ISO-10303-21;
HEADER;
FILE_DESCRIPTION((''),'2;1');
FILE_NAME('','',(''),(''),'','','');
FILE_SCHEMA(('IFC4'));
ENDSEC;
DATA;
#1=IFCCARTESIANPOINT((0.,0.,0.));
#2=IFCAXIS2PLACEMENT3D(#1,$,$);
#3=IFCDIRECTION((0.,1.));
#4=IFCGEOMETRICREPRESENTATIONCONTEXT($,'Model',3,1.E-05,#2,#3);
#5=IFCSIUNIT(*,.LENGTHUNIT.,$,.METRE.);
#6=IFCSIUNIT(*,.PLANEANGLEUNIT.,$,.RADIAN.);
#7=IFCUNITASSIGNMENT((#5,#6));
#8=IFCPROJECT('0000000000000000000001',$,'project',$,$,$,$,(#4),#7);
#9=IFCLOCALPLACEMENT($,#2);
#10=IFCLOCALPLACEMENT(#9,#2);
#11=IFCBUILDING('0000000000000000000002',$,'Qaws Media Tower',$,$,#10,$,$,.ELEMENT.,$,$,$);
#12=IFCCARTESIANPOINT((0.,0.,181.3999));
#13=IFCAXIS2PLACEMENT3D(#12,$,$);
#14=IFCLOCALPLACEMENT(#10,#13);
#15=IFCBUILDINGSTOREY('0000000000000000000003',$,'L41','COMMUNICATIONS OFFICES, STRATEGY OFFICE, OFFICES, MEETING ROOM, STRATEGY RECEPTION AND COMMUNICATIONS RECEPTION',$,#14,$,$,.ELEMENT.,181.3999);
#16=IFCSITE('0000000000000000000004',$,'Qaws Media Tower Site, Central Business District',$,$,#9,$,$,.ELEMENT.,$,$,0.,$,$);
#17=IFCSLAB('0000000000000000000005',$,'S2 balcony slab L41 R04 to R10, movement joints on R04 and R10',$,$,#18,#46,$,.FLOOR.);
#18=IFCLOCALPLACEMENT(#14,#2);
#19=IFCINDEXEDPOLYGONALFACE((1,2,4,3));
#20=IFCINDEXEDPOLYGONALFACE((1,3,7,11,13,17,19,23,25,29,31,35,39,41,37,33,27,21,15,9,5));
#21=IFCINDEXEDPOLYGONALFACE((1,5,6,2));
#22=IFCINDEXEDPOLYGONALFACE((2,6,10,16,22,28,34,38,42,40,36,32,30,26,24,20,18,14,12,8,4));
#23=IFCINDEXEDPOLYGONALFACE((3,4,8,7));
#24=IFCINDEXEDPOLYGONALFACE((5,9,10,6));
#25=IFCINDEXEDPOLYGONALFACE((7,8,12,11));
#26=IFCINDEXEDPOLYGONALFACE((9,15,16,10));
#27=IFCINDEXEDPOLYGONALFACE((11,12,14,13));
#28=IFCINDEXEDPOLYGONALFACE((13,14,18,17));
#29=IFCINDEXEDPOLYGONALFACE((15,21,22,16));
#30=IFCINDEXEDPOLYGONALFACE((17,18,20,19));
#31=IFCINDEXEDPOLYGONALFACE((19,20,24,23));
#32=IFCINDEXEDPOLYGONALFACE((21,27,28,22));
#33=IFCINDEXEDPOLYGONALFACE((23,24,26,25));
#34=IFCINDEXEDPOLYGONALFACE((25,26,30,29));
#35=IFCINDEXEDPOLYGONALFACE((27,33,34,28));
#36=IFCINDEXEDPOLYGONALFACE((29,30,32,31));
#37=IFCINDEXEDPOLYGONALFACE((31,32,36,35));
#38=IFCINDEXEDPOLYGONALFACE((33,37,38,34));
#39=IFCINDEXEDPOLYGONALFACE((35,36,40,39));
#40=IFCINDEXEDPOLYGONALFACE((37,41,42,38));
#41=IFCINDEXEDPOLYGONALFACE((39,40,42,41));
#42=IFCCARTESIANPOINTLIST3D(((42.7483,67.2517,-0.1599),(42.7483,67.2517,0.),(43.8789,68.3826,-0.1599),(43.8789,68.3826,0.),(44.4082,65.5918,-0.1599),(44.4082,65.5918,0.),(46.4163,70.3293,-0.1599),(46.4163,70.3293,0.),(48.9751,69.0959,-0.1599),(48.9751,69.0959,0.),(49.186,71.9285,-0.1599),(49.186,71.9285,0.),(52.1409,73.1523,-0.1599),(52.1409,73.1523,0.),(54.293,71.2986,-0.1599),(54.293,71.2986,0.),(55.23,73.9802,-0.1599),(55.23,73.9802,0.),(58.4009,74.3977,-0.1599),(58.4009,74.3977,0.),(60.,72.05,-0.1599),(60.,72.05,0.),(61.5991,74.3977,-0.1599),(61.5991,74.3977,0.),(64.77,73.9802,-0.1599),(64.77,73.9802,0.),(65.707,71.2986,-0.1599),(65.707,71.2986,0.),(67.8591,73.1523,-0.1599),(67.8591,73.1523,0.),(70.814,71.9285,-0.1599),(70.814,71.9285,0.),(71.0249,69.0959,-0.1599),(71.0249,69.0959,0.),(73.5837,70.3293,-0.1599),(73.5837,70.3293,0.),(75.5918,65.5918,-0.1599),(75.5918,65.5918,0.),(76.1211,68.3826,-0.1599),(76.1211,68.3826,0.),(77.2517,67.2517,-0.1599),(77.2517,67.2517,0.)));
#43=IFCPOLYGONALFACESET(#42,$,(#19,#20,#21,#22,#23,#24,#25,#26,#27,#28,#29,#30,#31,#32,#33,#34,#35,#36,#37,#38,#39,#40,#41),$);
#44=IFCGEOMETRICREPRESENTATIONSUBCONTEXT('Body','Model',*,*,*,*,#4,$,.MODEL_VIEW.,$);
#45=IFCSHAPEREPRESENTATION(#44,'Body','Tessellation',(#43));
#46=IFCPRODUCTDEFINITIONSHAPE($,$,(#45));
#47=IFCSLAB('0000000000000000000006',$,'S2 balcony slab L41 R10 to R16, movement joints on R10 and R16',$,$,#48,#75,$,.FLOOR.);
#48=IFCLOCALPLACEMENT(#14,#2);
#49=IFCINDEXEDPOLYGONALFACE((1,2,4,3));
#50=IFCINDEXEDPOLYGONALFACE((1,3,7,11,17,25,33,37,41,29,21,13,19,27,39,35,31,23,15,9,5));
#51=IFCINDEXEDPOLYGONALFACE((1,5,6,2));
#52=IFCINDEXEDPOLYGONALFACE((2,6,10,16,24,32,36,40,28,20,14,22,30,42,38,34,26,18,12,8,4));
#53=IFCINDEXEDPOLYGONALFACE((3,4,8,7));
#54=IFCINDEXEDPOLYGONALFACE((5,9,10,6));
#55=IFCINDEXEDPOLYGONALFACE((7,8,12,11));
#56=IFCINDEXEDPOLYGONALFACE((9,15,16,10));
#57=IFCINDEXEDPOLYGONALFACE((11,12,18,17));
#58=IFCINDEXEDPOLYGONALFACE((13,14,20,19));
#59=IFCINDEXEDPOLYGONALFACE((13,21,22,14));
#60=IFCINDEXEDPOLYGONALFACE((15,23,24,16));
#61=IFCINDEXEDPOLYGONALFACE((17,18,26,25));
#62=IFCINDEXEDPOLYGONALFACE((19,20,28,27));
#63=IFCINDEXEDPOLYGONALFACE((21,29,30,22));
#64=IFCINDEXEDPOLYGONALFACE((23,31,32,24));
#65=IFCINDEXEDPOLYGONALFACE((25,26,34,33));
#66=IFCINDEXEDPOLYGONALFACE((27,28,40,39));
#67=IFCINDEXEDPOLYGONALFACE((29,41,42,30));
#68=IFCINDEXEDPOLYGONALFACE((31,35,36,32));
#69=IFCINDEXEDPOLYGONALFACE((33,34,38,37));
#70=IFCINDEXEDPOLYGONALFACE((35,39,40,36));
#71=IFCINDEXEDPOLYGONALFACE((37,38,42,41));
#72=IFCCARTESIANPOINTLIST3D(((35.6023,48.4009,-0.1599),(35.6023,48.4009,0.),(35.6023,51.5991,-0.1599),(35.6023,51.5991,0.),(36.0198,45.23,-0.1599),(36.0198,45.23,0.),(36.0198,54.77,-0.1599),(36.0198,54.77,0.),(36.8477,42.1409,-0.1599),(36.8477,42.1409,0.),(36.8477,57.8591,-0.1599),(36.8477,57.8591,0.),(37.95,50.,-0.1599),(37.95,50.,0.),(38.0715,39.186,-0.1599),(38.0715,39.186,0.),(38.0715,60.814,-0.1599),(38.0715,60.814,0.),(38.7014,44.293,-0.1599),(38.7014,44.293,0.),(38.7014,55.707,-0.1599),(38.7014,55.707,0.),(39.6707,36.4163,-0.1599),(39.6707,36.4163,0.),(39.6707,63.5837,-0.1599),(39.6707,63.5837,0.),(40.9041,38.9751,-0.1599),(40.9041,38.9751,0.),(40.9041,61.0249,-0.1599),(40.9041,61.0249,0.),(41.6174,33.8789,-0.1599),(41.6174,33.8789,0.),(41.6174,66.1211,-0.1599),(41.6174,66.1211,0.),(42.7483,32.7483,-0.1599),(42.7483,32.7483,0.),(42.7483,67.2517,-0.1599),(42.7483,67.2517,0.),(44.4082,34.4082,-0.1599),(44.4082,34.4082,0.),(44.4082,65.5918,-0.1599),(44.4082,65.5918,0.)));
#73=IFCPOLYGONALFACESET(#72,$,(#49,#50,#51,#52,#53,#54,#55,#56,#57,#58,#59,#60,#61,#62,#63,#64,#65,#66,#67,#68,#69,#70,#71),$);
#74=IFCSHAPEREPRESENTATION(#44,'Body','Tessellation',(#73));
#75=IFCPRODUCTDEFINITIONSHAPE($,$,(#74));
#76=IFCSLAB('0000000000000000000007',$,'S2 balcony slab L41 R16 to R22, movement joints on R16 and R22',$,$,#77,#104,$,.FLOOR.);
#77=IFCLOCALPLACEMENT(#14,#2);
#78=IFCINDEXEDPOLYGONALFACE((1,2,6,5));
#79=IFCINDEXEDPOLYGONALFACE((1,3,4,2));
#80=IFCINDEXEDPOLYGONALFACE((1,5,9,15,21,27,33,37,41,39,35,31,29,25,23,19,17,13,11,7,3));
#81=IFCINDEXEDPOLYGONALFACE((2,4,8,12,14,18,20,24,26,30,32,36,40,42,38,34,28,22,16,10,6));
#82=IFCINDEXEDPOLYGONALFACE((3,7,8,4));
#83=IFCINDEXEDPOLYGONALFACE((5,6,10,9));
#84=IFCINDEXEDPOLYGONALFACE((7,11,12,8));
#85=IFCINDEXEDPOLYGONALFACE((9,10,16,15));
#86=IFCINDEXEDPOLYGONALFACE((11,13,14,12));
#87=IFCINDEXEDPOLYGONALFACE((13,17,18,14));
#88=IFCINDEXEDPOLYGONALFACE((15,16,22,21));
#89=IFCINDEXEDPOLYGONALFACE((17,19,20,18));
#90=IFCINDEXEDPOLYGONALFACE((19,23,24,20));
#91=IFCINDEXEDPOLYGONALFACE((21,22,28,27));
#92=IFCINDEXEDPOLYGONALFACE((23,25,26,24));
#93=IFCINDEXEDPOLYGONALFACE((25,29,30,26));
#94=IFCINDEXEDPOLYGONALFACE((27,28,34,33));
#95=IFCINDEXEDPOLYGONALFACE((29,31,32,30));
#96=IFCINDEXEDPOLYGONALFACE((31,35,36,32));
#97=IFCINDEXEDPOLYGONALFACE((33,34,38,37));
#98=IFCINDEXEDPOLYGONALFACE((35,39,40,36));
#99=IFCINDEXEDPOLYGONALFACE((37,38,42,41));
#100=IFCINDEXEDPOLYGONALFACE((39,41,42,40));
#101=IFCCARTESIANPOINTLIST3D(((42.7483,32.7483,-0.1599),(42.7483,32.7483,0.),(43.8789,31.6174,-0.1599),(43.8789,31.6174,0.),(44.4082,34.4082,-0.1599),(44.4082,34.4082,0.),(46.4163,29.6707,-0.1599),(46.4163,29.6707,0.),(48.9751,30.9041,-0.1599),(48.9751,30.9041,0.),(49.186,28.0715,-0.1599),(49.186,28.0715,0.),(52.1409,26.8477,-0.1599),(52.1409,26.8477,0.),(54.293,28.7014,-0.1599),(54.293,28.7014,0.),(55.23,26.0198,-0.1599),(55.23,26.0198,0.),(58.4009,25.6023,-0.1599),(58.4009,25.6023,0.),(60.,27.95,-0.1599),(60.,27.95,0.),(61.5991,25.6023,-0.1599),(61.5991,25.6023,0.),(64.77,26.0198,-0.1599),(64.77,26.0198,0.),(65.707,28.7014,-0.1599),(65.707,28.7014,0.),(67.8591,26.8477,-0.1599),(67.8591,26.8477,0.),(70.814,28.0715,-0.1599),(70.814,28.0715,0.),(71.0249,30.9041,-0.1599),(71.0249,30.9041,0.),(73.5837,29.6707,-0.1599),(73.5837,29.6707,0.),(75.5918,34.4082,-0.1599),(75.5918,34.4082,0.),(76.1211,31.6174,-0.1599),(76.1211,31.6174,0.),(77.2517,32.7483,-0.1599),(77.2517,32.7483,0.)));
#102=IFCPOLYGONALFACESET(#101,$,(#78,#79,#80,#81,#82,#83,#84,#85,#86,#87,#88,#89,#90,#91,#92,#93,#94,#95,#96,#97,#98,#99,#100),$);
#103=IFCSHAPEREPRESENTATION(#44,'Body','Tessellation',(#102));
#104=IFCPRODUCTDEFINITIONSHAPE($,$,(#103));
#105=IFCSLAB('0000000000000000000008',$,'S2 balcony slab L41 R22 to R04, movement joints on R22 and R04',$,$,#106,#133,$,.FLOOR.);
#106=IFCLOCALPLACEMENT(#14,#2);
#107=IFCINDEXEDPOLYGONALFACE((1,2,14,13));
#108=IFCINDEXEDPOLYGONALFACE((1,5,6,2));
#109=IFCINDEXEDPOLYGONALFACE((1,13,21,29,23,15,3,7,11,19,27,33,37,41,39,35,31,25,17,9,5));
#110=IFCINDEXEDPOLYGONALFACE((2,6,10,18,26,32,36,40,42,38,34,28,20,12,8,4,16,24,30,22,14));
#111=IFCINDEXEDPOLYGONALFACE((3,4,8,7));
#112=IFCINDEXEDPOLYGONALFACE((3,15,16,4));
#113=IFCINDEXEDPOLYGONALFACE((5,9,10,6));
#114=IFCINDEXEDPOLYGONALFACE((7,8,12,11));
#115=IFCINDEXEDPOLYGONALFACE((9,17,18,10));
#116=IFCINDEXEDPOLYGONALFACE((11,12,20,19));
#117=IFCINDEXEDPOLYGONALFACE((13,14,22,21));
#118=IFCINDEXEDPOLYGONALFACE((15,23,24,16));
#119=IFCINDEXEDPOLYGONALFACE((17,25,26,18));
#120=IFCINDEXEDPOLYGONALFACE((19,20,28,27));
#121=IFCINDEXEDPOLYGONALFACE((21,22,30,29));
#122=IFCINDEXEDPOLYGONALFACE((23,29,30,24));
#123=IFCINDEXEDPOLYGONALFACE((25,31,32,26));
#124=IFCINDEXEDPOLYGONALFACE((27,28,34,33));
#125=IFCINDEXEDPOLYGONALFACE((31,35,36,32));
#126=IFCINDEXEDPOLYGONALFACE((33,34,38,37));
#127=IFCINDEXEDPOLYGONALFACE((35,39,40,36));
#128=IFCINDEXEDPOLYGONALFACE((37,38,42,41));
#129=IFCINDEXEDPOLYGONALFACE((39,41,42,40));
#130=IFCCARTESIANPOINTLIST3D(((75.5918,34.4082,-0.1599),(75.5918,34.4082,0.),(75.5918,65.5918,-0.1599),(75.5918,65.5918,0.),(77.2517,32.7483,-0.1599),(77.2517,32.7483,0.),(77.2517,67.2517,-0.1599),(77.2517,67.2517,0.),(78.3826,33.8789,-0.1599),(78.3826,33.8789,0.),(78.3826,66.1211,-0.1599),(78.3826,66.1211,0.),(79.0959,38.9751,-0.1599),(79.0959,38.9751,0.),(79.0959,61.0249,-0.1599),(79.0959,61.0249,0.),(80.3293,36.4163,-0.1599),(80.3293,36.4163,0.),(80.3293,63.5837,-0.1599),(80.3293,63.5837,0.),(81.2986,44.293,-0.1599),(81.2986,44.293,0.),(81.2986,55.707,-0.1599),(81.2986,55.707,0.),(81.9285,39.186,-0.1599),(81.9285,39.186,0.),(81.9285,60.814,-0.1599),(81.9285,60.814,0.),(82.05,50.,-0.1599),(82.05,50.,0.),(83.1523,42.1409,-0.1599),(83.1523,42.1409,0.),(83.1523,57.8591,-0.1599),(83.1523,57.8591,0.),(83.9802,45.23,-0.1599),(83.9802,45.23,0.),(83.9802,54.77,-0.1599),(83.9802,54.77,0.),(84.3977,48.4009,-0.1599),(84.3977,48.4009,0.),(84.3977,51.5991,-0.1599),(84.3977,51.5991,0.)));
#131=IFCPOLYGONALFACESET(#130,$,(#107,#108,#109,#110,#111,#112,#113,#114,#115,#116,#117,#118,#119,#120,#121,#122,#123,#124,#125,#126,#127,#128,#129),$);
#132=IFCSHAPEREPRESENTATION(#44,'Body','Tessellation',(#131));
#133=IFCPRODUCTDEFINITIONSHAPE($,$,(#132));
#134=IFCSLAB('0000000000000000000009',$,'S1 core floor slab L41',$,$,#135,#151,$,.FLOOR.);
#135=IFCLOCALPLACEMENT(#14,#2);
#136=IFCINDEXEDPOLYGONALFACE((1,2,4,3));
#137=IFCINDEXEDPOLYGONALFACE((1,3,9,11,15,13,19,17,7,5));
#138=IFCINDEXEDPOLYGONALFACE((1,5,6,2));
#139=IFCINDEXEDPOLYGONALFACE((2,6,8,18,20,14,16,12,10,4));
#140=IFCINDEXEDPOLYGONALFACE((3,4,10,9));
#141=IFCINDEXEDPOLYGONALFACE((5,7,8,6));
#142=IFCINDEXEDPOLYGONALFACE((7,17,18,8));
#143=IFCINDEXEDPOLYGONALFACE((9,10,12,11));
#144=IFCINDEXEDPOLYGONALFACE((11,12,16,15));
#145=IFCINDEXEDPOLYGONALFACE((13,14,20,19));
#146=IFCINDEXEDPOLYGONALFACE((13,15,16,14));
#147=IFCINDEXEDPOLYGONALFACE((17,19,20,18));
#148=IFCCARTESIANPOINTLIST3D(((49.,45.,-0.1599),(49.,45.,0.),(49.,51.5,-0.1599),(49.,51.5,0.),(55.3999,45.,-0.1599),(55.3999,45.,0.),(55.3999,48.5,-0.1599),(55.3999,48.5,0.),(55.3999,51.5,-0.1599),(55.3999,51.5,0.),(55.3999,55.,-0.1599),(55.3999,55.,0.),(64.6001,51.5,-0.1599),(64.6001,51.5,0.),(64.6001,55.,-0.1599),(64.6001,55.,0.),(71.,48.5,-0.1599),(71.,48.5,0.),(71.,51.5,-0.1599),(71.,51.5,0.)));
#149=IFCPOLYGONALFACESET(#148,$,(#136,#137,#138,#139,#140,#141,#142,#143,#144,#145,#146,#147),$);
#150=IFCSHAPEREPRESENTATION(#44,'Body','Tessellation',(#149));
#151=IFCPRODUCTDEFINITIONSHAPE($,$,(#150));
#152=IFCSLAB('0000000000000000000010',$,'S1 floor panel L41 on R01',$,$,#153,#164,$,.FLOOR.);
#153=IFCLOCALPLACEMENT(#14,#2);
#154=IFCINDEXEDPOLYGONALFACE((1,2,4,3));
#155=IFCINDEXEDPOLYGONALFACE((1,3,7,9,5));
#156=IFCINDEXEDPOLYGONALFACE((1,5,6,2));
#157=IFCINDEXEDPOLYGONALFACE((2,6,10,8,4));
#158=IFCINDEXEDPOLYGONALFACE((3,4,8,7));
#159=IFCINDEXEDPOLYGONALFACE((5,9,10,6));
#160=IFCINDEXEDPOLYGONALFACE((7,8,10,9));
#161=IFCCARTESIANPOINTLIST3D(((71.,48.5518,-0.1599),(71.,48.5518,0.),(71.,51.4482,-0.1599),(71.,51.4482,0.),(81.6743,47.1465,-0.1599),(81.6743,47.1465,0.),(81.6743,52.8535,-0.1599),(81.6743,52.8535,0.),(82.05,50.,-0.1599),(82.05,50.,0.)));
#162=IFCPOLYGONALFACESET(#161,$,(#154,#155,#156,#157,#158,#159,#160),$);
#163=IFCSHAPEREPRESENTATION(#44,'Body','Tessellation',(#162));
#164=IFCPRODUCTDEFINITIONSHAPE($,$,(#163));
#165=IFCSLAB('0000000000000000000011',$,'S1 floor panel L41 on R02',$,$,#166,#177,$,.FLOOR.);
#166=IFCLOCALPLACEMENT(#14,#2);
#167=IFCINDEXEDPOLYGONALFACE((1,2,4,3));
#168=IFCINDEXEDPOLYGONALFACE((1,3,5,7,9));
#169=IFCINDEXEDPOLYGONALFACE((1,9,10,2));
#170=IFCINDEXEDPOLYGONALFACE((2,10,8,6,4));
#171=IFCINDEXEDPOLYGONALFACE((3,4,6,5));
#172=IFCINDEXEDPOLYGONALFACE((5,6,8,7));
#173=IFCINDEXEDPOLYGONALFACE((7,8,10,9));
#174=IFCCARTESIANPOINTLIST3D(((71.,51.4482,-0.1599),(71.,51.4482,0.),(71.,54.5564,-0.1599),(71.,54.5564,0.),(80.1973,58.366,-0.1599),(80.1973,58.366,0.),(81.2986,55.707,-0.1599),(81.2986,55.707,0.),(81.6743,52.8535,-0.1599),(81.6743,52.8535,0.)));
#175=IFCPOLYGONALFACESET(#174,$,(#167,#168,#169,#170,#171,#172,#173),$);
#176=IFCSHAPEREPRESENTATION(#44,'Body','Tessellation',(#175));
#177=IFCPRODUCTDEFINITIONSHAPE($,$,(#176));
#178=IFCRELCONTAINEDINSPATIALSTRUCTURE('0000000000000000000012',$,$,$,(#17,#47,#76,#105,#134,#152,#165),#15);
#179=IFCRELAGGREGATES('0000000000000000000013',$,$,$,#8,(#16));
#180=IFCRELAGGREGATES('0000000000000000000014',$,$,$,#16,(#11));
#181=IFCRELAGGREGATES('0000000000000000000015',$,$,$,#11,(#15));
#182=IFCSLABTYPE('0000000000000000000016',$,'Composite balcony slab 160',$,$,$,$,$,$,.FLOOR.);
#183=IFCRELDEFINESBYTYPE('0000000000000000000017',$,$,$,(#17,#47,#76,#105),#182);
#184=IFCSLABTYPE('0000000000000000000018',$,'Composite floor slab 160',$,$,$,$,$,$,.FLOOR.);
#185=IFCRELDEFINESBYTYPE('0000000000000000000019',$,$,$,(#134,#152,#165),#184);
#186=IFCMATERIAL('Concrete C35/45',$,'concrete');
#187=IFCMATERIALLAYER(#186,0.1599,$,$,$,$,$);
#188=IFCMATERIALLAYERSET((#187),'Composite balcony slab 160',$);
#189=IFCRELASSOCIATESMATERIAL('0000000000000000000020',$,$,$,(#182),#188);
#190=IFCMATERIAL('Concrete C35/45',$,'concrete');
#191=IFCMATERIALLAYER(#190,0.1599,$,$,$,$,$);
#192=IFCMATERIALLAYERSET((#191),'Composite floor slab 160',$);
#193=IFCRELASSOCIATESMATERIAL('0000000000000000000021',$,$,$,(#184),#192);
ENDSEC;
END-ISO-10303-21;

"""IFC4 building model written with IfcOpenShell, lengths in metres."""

from ifc_helpers import new_model, si_unit, direction, frame, origin, place, context, subcontext, project, spatial, polyline, outline, extrude, material, layer, layer_set, type_object, element, save


model = new_model("IFC4")

# Units and contexts
model_context = context("Model", 3, precision=1e-05, world=origin(), true_north=direction((0.0, 1.0)))
body_context = subcontext(model_context, "Body", "Model", "MODEL_VIEW")
ifc_project = project(units=[si_unit("LENGTHUNIT", "METRE"), si_unit("PLANEANGLEUNIT", "RADIAN")], contexts=[model_context])

# Site, building, storey
site_placement = place(None, origin())
site = spatial("IfcSite", under=ifc_project, at=site_placement, Name="Qaws Media Tower Site, Central Business District", CompositionType="ELEMENT", RefElevation=0.0)
building_placement = place(site_placement, origin())
building = spatial("IfcBuilding", under=site, at=building_placement, Name="Qaws Media Tower", CompositionType="ELEMENT")
storey_placement = place(building_placement, frame((0.0, 0.0, 181.3999)))
storey = spatial("IfcBuildingStorey", under=building, at=storey_placement, Name="L41", Description="COMMUNICATIONS OFFICES, STRATEGY OFFICE, OFFICES, MEETING ROOM, STRATEGY RECEPTION AND COMMUNICATIONS RECEPTION", CompositionType="ELEMENT", Elevation=181.3999)

# Slabs
ifc_material_1 = material(Name="Concrete C35/45", Category="concrete")
ifc_layer_1 = layer(ifc_material_1, 0.1599)
ifc_layer_set_1 = layer_set([ifc_layer_1], Name="Composite balcony slab 160")
slab_type_1 = type_object("IfcSlabType", Name="Composite balcony slab 160", PredefinedType="FLOOR", material=ifc_layer_set_1)
slab_1_placement = place(storey_placement, frame((0.0, 0.0, -0.1599)))
element("IfcSlab", 1, at=slab_1_placement, inside=storey, type_object=slab_type_1, Name="S2 balcony slab L41 R04 to R10, movement joints on R04 and R10", PredefinedType="FLOOR", context=body_context, shape_type="SweptSolid", body=[
    extrude(outline(polyline([(43.8789, 68.3826), (46.4163, 70.3293), (49.186, 71.9285), (52.1409, 73.1523), (55.23, 73.9802), (58.4009, 74.3977), (61.5991, 74.3977), (64.77, 73.9802), (67.8591, 73.1523), (70.814, 71.9285), (73.5837, 70.3293), (76.1211, 68.3826), (77.2517, 67.2517), (75.5918, 65.5918), (71.0249, 69.0959), (65.707, 71.2986), (60.0, 72.05), (54.293, 71.2986), (48.9751, 69.0959), (44.4082, 65.5918), (42.7483, 67.2517), (43.8789, 68.3826)])), origin(), (0.0, 0.0, 1.0), 0.1599),
])
slab_2_placement = place(storey_placement, frame((0.0, 0.0, -0.1599)))
element("IfcSlab", 2, at=slab_2_placement, inside=storey, type_object=slab_type_1, Name="S2 balcony slab L41 R10 to R16, movement joints on R10 and R16", PredefinedType="FLOOR", context=body_context, shape_type="SweptSolid", body=[
    extrude(outline(polyline([(41.6174, 33.8789), (39.6707, 36.4163), (38.0715, 39.186), (36.8477, 42.1409), (36.0198, 45.23), (35.6023, 48.4009), (35.6023, 51.5991), (36.0198, 54.77), (36.8477, 57.8591), (38.0715, 60.814), (39.6707, 63.5837), (41.6174, 66.1211), (42.7483, 67.2517), (44.4082, 65.5918), (40.9041, 61.0249), (38.7014, 55.707), (37.95, 50.0), (38.7014, 44.293), (40.9041, 38.9751), (44.4082, 34.4082), (42.7483, 32.7483), (41.6174, 33.8789)])), origin(), (0.0, 0.0, 1.0), 0.1599),
])
slab_3_placement = place(storey_placement, frame((0.0, 0.0, -0.1599)))
element("IfcSlab", 3, at=slab_3_placement, inside=storey, type_object=slab_type_1, Name="S2 balcony slab L41 R16 to R22, movement joints on R16 and R22", PredefinedType="FLOOR", context=body_context, shape_type="SweptSolid", body=[
    extrude(outline(polyline([(76.1211, 31.6174), (73.5837, 29.6707), (70.814, 28.0715), (67.8591, 26.8477), (64.77, 26.0198), (61.5991, 25.6023), (58.4009, 25.6023), (55.23, 26.0198), (52.1409, 26.8477), (49.186, 28.0715), (46.4163, 29.6707), (43.8789, 31.6174), (42.7483, 32.7483), (44.4082, 34.4082), (48.9751, 30.9041), (54.293, 28.7014), (60.0, 27.95), (65.707, 28.7014), (71.0249, 30.9041), (75.5918, 34.4082), (77.2517, 32.7483), (76.1211, 31.6174)])), origin(), (0.0, 0.0, 1.0), 0.1599),
])
slab_4_placement = place(storey_placement, frame((0.0, 0.0, -0.1599)))
element("IfcSlab", 4, at=slab_4_placement, inside=storey, type_object=slab_type_1, Name="S2 balcony slab L41 R22 to R04, movement joints on R22 and R04", PredefinedType="FLOOR", context=body_context, shape_type="SweptSolid", body=[
    extrude(outline(polyline([(83.9802, 45.23), (83.1523, 42.1409), (81.9285, 39.186), (80.3293, 36.4163), (78.3826, 33.8789), (77.2517, 32.7483), (75.5918, 34.4082), (79.0959, 38.9751), (81.2986, 44.293), (82.05, 50.0), (81.2986, 55.707), (79.0959, 61.0249), (75.5918, 65.5918), (77.2517, 67.2517), (78.3826, 66.1211), (80.3293, 63.5837), (81.9285, 60.814), (83.1523, 57.8591), (83.9802, 54.77), (84.3977, 51.5991), (84.3977, 48.4009), (83.9802, 45.23)])), origin(), (0.0, 0.0, 1.0), 0.1599),
])
ifc_material_2 = material(Name="Concrete C35/45", Category="concrete")
ifc_layer_2 = layer(ifc_material_2, 0.1599)
ifc_layer_set_2 = layer_set([ifc_layer_2], Name="Composite floor slab 160")
slab_type_2 = type_object("IfcSlabType", Name="Composite floor slab 160", PredefinedType="FLOOR", material=ifc_layer_set_2)
slab_5_placement = place(storey_placement, frame((0.0, 0.0, -0.1599)))
element("IfcSlab", 5, at=slab_5_placement, inside=storey, type_object=slab_type_2, Name="S1 core floor slab L41", PredefinedType="FLOOR", context=body_context, shape_type="SweptSolid", body=[
    extrude(outline(polyline([(71.0, 51.5), (71.0, 48.5), (55.3999, 48.5), (55.3999, 45.0), (49.0, 45.0), (49.0, 51.5), (55.3999, 51.5), (55.3999, 55.0), (64.6001, 55.0), (64.6001, 51.5), (71.0, 51.5)])), origin(), (0.0, 0.0, 1.0), 0.1599),
])
slab_6_placement = place(storey_placement, frame((0.0, 0.0, -0.1599)))
element("IfcSlab", 6, at=slab_6_placement, inside=storey, type_object=slab_type_2, Name="S1 floor panel L41 on R01", PredefinedType="FLOOR", context=body_context, shape_type="SweptSolid", body=[
    extrude(outline(polyline([(82.05, 50.0), (81.6743, 47.1465), (71.0, 48.5518), (71.0, 51.4482), (81.6743, 52.8535), (82.05, 50.0)])), origin(), (0.0, 0.0, 1.0), 0.1599),
])
slab_7_placement = place(storey_placement, frame((0.0, 0.0, -0.1599)))
element("IfcSlab", 7, at=slab_7_placement, inside=storey, type_object=slab_type_2, Name="S1 floor panel L41 on R02", PredefinedType="FLOOR", context=body_context, shape_type="SweptSolid", body=[
    extrude(outline(polyline([(81.2986, 55.707), (81.6743, 52.8535), (71.0, 51.4482), (71.0, 54.5564), (80.1973, 58.366), (81.2986, 55.707)])), origin(), (0.0, 0.0, 1.0), 0.1599),
])

save(model, "model.ifc")
